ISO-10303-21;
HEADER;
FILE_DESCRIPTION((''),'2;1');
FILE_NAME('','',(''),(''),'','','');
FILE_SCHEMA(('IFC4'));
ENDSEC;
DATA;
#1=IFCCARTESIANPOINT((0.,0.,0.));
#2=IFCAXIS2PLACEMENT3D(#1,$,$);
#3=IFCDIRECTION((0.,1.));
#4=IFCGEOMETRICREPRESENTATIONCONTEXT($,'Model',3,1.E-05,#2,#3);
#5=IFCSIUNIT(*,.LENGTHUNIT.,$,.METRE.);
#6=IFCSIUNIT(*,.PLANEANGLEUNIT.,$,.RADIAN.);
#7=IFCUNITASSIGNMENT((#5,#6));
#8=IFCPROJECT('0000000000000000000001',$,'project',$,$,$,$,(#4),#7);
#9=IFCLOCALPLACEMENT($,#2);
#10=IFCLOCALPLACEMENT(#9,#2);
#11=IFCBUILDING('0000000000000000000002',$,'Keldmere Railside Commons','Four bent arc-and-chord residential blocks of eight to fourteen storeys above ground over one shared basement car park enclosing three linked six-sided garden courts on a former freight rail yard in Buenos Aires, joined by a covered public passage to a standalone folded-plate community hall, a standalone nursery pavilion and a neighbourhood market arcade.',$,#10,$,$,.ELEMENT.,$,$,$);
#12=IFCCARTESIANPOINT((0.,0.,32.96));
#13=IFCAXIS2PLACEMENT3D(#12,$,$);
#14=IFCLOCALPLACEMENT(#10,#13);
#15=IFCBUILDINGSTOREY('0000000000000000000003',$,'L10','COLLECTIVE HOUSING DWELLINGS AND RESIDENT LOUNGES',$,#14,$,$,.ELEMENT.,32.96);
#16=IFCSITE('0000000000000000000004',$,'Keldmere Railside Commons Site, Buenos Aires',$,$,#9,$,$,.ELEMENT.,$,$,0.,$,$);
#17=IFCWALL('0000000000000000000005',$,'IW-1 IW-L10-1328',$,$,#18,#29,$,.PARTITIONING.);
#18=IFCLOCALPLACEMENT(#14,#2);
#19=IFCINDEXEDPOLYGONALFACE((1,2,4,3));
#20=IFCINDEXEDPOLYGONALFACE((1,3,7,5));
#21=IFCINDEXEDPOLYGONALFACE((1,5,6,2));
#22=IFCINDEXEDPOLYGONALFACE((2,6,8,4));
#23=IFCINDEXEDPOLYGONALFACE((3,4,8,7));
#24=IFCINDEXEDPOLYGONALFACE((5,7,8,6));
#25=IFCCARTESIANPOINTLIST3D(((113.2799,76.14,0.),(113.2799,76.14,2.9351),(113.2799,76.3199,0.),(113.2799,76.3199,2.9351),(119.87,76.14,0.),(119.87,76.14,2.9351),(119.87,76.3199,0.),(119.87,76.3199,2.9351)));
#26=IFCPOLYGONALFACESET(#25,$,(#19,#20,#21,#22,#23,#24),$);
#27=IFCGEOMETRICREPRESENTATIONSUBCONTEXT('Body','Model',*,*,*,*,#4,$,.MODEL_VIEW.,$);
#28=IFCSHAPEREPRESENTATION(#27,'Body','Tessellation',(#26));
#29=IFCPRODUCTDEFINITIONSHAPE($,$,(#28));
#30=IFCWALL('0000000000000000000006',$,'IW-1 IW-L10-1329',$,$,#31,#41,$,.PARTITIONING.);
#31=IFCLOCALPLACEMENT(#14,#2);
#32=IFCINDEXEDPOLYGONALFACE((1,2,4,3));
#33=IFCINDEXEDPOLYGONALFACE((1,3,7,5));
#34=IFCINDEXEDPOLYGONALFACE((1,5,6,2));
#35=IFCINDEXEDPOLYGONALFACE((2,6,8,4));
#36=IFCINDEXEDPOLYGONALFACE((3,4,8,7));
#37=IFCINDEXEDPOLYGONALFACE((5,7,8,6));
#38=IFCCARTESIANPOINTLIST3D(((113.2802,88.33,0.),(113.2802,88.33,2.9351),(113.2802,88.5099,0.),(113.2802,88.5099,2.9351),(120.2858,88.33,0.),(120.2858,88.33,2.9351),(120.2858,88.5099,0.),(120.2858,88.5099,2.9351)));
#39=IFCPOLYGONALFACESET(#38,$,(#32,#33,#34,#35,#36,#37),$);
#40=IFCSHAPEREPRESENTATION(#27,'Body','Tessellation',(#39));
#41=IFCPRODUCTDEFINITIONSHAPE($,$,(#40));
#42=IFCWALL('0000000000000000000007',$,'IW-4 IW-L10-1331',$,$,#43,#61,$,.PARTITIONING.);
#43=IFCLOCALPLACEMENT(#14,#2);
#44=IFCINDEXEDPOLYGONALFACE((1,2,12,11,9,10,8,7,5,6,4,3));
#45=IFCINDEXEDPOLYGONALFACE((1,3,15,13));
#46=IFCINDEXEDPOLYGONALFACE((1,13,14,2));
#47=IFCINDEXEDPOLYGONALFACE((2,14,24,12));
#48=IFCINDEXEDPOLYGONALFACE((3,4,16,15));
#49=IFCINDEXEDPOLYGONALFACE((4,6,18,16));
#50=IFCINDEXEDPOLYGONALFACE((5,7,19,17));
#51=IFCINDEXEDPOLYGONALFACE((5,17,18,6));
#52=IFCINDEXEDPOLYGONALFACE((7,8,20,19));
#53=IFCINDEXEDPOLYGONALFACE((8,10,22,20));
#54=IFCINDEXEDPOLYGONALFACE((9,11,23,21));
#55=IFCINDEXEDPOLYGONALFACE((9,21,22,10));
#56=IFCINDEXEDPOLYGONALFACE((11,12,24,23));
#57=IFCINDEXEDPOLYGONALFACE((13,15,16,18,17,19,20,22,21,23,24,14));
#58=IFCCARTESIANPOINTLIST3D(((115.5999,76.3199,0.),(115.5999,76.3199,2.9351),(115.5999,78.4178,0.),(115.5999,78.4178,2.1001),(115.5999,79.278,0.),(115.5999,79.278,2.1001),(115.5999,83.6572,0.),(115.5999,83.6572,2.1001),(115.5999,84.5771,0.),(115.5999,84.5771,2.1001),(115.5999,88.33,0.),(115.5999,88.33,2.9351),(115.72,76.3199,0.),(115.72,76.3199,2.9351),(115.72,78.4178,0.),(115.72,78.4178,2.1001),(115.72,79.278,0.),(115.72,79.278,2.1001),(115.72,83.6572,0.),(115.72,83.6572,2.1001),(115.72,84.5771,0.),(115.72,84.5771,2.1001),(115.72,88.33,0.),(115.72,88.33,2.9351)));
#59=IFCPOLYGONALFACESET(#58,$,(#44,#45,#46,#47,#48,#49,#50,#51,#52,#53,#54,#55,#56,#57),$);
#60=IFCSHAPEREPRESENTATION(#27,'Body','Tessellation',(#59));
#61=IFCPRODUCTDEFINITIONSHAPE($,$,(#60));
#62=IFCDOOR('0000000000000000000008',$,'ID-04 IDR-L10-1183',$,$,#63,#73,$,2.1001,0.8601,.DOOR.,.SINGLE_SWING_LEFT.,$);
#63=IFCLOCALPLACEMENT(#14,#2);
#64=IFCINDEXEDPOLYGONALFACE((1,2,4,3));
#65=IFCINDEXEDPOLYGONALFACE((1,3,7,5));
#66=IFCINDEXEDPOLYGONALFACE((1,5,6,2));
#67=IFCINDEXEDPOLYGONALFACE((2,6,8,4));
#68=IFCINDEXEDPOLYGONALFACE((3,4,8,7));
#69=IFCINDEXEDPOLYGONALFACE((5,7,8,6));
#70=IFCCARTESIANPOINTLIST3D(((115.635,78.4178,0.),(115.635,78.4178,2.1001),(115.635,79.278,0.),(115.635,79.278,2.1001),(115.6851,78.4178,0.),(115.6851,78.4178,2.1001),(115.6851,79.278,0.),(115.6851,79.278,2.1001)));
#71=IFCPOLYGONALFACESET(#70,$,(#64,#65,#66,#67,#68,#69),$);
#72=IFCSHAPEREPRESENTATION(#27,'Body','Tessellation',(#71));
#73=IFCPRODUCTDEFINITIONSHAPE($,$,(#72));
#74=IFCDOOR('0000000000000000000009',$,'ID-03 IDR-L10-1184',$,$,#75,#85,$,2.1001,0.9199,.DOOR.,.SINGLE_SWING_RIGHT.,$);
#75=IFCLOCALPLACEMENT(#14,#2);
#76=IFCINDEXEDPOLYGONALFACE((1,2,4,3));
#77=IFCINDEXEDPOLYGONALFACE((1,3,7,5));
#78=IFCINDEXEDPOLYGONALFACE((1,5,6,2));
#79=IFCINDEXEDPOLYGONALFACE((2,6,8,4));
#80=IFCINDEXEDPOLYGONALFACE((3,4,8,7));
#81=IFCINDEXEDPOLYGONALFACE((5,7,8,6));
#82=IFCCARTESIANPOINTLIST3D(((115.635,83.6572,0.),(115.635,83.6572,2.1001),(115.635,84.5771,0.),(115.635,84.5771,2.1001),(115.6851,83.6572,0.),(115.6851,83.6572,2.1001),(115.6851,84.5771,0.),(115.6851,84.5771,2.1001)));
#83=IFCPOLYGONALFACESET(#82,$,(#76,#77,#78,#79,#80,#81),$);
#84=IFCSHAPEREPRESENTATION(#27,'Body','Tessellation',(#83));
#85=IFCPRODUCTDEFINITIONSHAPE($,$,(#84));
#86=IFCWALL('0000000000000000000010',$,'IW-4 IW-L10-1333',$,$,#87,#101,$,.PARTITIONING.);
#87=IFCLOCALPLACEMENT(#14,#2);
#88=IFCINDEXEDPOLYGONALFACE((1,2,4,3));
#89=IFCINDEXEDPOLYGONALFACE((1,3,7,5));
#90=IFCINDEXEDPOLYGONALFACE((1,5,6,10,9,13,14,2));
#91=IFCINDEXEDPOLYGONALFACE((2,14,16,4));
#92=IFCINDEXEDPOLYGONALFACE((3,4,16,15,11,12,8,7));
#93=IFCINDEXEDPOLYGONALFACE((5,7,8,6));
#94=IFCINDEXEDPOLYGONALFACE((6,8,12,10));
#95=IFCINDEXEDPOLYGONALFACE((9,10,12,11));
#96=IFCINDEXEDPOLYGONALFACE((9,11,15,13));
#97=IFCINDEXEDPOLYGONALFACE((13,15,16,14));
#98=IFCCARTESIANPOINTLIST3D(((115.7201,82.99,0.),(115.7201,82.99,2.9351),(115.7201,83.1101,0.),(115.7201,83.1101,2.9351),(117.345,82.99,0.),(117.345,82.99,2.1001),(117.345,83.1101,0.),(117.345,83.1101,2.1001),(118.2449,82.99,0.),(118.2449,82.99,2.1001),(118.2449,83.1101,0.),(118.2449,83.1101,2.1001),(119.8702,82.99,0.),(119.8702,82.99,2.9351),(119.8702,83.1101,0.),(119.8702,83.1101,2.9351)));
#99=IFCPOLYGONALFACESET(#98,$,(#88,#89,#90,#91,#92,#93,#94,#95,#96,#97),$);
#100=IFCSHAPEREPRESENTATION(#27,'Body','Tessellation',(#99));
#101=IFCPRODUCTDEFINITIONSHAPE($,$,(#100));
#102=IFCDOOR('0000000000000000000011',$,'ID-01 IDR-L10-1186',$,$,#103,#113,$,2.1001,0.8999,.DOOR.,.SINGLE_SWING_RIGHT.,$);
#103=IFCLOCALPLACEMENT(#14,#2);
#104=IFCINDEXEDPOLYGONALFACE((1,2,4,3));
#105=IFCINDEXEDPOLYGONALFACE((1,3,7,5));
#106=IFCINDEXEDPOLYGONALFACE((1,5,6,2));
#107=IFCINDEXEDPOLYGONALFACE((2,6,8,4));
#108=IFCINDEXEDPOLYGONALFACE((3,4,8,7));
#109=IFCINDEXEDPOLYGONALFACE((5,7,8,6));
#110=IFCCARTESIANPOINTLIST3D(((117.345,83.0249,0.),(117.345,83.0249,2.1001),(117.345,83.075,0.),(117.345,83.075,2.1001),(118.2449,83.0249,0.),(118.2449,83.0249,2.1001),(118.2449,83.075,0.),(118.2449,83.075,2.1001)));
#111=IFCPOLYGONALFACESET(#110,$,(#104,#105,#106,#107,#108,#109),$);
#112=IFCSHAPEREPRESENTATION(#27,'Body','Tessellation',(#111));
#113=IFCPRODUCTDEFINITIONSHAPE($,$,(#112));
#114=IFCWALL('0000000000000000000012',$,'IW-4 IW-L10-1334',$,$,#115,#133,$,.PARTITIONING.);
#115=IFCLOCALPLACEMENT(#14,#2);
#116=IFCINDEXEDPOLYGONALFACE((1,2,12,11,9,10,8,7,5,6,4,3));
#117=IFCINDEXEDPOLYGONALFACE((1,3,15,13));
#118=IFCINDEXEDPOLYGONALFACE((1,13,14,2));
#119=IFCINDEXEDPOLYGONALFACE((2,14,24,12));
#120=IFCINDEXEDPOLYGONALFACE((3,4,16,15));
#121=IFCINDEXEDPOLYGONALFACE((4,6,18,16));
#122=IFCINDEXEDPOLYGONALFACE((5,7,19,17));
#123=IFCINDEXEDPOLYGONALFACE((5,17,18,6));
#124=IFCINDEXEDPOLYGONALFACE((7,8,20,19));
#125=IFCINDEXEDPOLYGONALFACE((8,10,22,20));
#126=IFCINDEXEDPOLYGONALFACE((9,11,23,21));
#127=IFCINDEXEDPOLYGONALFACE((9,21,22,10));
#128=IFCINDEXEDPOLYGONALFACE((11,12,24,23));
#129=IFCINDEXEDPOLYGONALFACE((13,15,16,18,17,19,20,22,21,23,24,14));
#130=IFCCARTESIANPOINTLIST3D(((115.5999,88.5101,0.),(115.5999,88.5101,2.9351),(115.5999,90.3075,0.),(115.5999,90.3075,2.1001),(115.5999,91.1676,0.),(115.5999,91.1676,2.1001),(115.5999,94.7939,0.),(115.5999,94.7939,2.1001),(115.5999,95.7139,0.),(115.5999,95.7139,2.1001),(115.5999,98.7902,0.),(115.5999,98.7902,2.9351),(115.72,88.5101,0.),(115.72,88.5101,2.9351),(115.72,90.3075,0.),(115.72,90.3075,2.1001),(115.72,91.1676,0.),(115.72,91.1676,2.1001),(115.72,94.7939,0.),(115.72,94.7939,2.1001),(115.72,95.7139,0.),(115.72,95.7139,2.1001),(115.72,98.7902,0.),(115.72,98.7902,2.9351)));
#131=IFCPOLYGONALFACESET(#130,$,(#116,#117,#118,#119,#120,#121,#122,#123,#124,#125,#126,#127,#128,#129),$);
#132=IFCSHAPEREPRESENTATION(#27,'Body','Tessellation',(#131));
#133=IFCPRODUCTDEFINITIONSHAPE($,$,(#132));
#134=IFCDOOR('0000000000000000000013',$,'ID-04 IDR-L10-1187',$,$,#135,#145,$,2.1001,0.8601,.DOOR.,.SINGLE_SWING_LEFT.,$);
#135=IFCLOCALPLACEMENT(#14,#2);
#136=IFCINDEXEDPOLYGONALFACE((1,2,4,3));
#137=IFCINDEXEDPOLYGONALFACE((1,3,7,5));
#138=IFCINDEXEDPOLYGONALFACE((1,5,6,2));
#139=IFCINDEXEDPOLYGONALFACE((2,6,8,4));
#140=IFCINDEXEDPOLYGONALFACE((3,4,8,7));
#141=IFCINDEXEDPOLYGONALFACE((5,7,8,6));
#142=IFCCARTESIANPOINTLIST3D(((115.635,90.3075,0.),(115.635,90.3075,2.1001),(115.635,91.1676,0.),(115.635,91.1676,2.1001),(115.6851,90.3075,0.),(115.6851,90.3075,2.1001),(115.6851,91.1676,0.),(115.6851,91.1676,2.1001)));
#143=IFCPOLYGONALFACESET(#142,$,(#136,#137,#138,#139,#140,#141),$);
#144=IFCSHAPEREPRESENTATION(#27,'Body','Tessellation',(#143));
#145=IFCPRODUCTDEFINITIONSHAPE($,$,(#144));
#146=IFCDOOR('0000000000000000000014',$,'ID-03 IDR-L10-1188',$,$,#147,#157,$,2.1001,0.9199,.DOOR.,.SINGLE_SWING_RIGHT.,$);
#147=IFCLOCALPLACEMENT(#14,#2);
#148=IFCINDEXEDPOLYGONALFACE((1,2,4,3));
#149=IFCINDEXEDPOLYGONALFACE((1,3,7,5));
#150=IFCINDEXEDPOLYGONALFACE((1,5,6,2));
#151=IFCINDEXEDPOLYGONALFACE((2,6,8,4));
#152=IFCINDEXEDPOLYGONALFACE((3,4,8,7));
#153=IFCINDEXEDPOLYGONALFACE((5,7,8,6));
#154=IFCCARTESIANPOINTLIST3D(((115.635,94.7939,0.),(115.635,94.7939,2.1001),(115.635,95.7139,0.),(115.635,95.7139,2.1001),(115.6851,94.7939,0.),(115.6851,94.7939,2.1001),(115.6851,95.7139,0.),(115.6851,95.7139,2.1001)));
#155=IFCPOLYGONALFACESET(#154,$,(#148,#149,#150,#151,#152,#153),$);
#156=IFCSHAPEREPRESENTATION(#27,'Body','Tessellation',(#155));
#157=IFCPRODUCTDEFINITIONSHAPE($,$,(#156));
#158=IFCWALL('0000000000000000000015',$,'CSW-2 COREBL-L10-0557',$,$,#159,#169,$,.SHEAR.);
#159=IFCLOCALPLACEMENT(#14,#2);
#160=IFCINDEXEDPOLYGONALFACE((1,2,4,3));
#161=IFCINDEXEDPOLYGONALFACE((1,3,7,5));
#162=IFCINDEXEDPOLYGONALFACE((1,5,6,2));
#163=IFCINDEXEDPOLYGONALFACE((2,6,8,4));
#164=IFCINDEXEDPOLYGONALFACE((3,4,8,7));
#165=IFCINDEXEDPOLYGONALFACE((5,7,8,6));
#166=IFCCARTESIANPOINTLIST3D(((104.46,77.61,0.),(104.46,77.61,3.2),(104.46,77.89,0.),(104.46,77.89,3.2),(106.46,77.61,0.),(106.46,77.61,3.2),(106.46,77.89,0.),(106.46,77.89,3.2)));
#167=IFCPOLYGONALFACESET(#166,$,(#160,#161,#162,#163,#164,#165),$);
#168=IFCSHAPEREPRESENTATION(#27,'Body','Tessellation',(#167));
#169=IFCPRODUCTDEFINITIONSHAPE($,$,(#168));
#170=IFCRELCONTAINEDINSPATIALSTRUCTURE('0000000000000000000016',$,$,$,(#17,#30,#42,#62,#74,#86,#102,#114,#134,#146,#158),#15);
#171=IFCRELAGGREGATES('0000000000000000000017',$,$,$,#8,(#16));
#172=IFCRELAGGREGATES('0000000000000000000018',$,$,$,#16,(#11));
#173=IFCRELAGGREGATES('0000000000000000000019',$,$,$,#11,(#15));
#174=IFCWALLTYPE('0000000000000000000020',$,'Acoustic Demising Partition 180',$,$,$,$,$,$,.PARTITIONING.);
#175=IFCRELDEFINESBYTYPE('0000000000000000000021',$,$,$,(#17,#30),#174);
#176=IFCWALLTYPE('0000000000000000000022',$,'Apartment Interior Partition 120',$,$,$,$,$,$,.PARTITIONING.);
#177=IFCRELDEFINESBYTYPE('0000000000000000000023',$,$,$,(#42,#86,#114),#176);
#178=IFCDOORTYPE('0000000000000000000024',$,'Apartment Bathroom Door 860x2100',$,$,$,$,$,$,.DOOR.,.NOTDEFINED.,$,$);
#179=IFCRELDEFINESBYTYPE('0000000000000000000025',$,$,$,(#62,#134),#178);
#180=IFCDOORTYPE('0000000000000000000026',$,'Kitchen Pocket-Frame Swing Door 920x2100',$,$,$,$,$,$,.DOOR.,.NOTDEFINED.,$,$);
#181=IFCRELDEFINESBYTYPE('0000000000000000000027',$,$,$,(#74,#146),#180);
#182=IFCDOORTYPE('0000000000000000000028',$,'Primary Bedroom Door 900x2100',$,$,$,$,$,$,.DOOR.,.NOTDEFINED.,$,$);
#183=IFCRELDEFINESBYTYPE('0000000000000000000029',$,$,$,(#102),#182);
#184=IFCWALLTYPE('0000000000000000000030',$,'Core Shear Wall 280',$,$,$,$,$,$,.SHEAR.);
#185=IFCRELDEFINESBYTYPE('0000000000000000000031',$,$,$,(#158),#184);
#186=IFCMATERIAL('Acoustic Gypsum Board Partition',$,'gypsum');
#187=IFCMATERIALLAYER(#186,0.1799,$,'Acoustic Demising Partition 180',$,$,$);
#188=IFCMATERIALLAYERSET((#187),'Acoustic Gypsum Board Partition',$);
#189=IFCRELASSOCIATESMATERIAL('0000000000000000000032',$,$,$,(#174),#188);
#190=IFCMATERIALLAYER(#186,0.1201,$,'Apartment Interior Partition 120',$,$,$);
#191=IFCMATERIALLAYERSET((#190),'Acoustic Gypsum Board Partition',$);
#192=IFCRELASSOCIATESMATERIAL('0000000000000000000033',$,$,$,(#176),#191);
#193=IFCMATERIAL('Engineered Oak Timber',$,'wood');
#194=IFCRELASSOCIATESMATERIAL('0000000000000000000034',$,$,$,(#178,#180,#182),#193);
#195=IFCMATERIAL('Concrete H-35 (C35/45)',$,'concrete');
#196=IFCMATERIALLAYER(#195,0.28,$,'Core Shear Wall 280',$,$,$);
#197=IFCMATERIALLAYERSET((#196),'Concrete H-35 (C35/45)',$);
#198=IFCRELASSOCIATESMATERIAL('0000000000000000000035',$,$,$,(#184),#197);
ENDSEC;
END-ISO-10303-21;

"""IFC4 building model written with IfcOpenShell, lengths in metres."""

from ifc_helpers import new_model, si_unit, direction, frame, frame_2d, origin, place, context, subcontext, project, spatial, rectangle, extrude, material, layer, layer_set, type_object, element, fill, save


model = new_model("IFC4")

# Units and contexts
model_context = context("Model", 3, precision=1e-05, world=origin(), true_north=direction((0.0, 1.0)))
body_context = subcontext(model_context, "Body", "Model", "MODEL_VIEW")
ifc_project = project(units=[si_unit("LENGTHUNIT", "METRE"), si_unit("PLANEANGLEUNIT", "RADIAN")], contexts=[model_context])

# Site, building, storey
site_placement = place(None, origin())
site = spatial("IfcSite", under=ifc_project, at=site_placement, Name="Keldmere Railside Commons Site, Buenos Aires", CompositionType="ELEMENT", RefElevation=0.0)
building_placement = place(site_placement, origin())
building = spatial("IfcBuilding", under=site, at=building_placement, Name="Keldmere Railside Commons", Description="Four bent arc-and-chord residential blocks of eight to fourteen storeys above ground over one shared basement car park enclosing three linked six-sided garden courts on a former freight rail yard in Buenos Aires, joined by a covered public passage to a standalone folded-plate community hall, a standalone nursery pavilion and a neighbourhood market arcade.", CompositionType="ELEMENT")
storey_placement = place(building_placement, frame((0.0, 0.0, 32.96)))
storey = spatial("IfcBuildingStorey", under=building, at=storey_placement, Name="L10", Description="COLLECTIVE HOUSING DWELLINGS AND RESIDENT LOUNGES", CompositionType="ELEMENT", Elevation=32.96)

# Shared definitions
ifc_material_1 = material(Name="Concrete H-35 (C35/45)", Category="concrete")

# Walls
ifc_material_2 = material(Name="Acoustic Gypsum Board Partition", Category="gypsum")
ifc_layer_1 = layer(ifc_material_2, 0.1799, Name="Acoustic Demising Partition 180")
ifc_layer_set_1 = layer_set([ifc_layer_1], Name="Acoustic Gypsum Board Partition")
wall_type_1 = type_object("IfcWallType", Name="Acoustic Demising Partition 180", PredefinedType="PARTITIONING", material=ifc_layer_set_1)
wall_1_placement = place(storey_placement, frame((113.28, 76.23, 0.0), z_axis=(0.0, 0.0, 1.0), x_axis=(1.0, 0.0, 0.0)))
element("IfcWall", 1, at=wall_1_placement, inside=storey, type_object=wall_type_1, Name="IW-1 IW-L10-1328", PredefinedType="PARTITIONING", context=body_context, shape_type="SweptSolid", body=[
    extrude(rectangle(XDim=6.5901, YDim=0.1799, at=frame_2d((3.2949, 0.0))), origin(), (0.0, 0.0, 1.0), 2.9351),
])
wall_2_placement = place(storey_placement, frame((113.28, 88.4199, 0.0), z_axis=(0.0, 0.0, 1.0), x_axis=(1.0, 0.0, 0.0)))
element("IfcWall", 2, at=wall_2_placement, inside=storey, type_object=wall_type_1, Name="IW-1 IW-L10-1329", PredefinedType="PARTITIONING", context=body_context, shape_type="SweptSolid", body=[
    extrude(rectangle(XDim=7.0056, YDim=0.1799, at=frame_2d((3.5029, 0.0))), origin(), (0.0, 0.0, 1.0), 2.9351),
])

# Wall, openings, doors
ifc_layer_2 = layer(ifc_material_2, 0.1201, Name="Apartment Interior Partition 120")
ifc_layer_set_2 = layer_set([ifc_layer_2], Name="Acoustic Gypsum Board Partition")
wall_type_2 = type_object("IfcWallType", Name="Apartment Interior Partition 120", PredefinedType="PARTITIONING", material=ifc_layer_set_2)
wall_3_placement = place(storey_placement, frame((115.6599, 76.3201, 0.0), z_axis=(0.0, 0.0, 1.0), x_axis=(0.0, 1.0, 0.0)))
wall_3 = element("IfcWall", 3, at=wall_3_placement, inside=storey, type_object=wall_type_2, Name="IW-4 IW-L10-1331", PredefinedType="PARTITIONING", context=body_context, shape_type="SweptSolid", body=[
    extrude(rectangle(XDim=12.01, YDim=0.1201, at=frame_2d((6.0049, 0.0))), origin(), (0.0, 0.0, 1.0), 2.9351),
])
opening_1_placement = place(wall_3_placement, frame((2.0977, 0.0, 0.0)))
opening_1 = element("IfcOpeningElement", 4, at=opening_1_placement, cuts=wall_3, PredefinedType="OPENING", context=body_context, shape_type="SweptSolid", body=[
    extrude(rectangle(XDim=0.8601, YDim=2.1001, at=frame_2d((0.4302, 1.05))), frame((0.0, 0.0701, 0.0), z_axis=(0.0, -1.0, 0.0), x_axis=(1.0, 0.0, 0.0)), (0.0, 0.0, 1.0), 0.1401),
])
opening_2_placement = place(wall_3_placement, frame((7.3372, 0.0, 0.0)))
opening_2 = element("IfcOpeningElement", 5, at=opening_2_placement, cuts=wall_3, PredefinedType="OPENING", context=body_context, shape_type="SweptSolid", body=[
    extrude(rectangle(XDim=0.9199, YDim=2.1001, at=frame_2d((0.46, 1.05))), frame((0.0, 0.0701, 0.0), z_axis=(0.0, -1.0, 0.0), x_axis=(1.0, 0.0, 0.0)), (0.0, 0.0, 1.0), 0.1401),
])
ifc_material_3 = material(Name="Engineered Oak Timber", Category="wood")
door_type_1 = type_object("IfcDoorType", Name="Apartment Bathroom Door 860x2100", OperationType="NOTDEFINED", PredefinedType="DOOR", material=ifc_material_3)
door_1_placement = place(opening_1_placement, origin())
door_1 = element("IfcDoor", 6, at=door_1_placement, inside=storey, type_object=door_type_1, Name="ID-04 IDR-L10-1183", OperationType="SINGLE_SWING_LEFT", OverallHeight=2.1001, OverallWidth=0.8601, PredefinedType="DOOR", context=body_context, shape_type="SweptSolid", body=[
    extrude(rectangle(XDim=0.8601, YDim=2.1001, at=frame_2d((0.4302, 1.05))), frame((0.0, 0.0249, 0.0), z_axis=(0.0, -1.0, 0.0), x_axis=(1.0, 0.0, 0.0)), (0.0, 0.0, 1.0), 0.05),
])
fill(opening_1, door_1)
door_type_2 = type_object("IfcDoorType", Name="Kitchen Pocket-Frame Swing Door 920x2100", OperationType="NOTDEFINED", PredefinedType="DOOR", material=ifc_material_3)
door_2_placement = place(opening_2_placement, origin())
door_2 = element("IfcDoor", 7, at=door_2_placement, inside=storey, type_object=door_type_2, Name="ID-03 IDR-L10-1184", OperationType="SINGLE_SWING_RIGHT", OverallHeight=2.1001, OverallWidth=0.9199, PredefinedType="DOOR", context=body_context, shape_type="SweptSolid", body=[
    extrude(rectangle(XDim=0.9199, YDim=2.1001, at=frame_2d((0.46, 1.05))), frame((0.0, 0.0249, 0.0), z_axis=(0.0, -1.0, 0.0), x_axis=(1.0, 0.0, 0.0)), (0.0, 0.0, 1.0), 0.05),
])
fill(opening_2, door_2)

# Wall, opening, door
wall_4_placement = place(storey_placement, frame((115.72, 83.05, 0.0), z_axis=(0.0, 0.0, 1.0), x_axis=(1.0, 0.0, 0.0)))
wall_4 = element("IfcWall", 8, at=wall_4_placement, inside=storey, type_object=wall_type_2, Name="IW-4 IW-L10-1333", PredefinedType="PARTITIONING", context=body_context, shape_type="SweptSolid", body=[
    extrude(rectangle(XDim=4.1501, YDim=0.1201, at=frame_2d((2.0752, 0.0))), origin(), (0.0, 0.0, 1.0), 2.9351),
])
opening_3_placement = place(wall_4_placement, frame((1.625, 0.0, 0.0)))
opening_3 = element("IfcOpeningElement", 9, at=opening_3_placement, cuts=wall_4, PredefinedType="OPENING", context=body_context, shape_type="SweptSolid", body=[
    extrude(rectangle(XDim=0.8999, YDim=2.1001, at=frame_2d((0.45, 1.05))), frame((0.0, 0.0701, 0.0), z_axis=(0.0, -1.0, 0.0), x_axis=(1.0, 0.0, 0.0)), (0.0, 0.0, 1.0), 0.1401),
])
door_type_3 = type_object("IfcDoorType", Name="Primary Bedroom Door 900x2100", OperationType="NOTDEFINED", PredefinedType="DOOR", material=ifc_material_3)
door_3_placement = place(opening_3_placement, origin())
door_3 = element("IfcDoor", 10, at=door_3_placement, inside=storey, type_object=door_type_3, Name="ID-01 IDR-L10-1186", OperationType="SINGLE_SWING_RIGHT", OverallHeight=2.1001, OverallWidth=0.8999, PredefinedType="DOOR", context=body_context, shape_type="SweptSolid", body=[
    extrude(rectangle(XDim=0.8999, YDim=2.1001, at=frame_2d((0.45, 1.05))), frame((0.0, 0.0249, 0.0), z_axis=(0.0, -1.0, 0.0), x_axis=(1.0, 0.0, 0.0)), (0.0, 0.0, 1.0), 0.05),
])
fill(opening_3, door_3)

# Wall, openings, doors
wall_5_placement = place(storey_placement, frame((115.6599, 88.51, 0.0), z_axis=(0.0, 0.0, 1.0), x_axis=(0.0, 1.0, 0.0)))
wall_5 = element("IfcWall", 11, at=wall_5_placement, inside=storey, type_object=wall_type_2, Name="IW-4 IW-L10-1334", PredefinedType="PARTITIONING", context=body_context, shape_type="SweptSolid", body=[
    extrude(rectangle(XDim=10.28, YDim=0.1201, at=frame_2d((5.1401, 0.0))), origin(), (0.0, 0.0, 1.0), 2.9351),
])
opening_4_placement = place(wall_5_placement, frame((1.7974, 0.0, 0.0)))
opening_4 = element("IfcOpeningElement", 12, at=opening_4_placement, cuts=wall_5, PredefinedType="OPENING", context=body_context, shape_type="SweptSolid", body=[
    extrude(rectangle(XDim=0.8601, YDim=2.1001, at=frame_2d((0.4302, 1.05))), frame((0.0, 0.0701, 0.0), z_axis=(0.0, -1.0, 0.0), x_axis=(1.0, 0.0, 0.0)), (0.0, 0.0, 1.0), 0.1401),
])
opening_5_placement = place(wall_5_placement, frame((6.2839, 0.0, 0.0)))
opening_5 = element("IfcOpeningElement", 13, at=opening_5_placement, cuts=wall_5, PredefinedType="OPENING", context=body_context, shape_type="SweptSolid", body=[
    extrude(rectangle(XDim=0.9199, YDim=2.1001, at=frame_2d((0.46, 1.05))), frame((0.0, 0.0701, 0.0), z_axis=(0.0, -1.0, 0.0), x_axis=(1.0, 0.0, 0.0)), (0.0, 0.0, 1.0), 0.1401),
])
door_4_placement = place(opening_4_placement, origin())
door_4 = element("IfcDoor", 14, at=door_4_placement, inside=storey, type_object=door_type_1, Name="ID-04 IDR-L10-1187", OperationType="SINGLE_SWING_LEFT", OverallHeight=2.1001, OverallWidth=0.8601, PredefinedType="DOOR", context=body_context, shape_type="SweptSolid", body=[
    extrude(rectangle(XDim=0.8601, YDim=2.1001, at=frame_2d((0.4302, 1.05))), frame((0.0, 0.0249, 0.0), z_axis=(0.0, -1.0, 0.0), x_axis=(1.0, 0.0, 0.0)), (0.0, 0.0, 1.0), 0.05),
])
fill(opening_4, door_4)
door_5_placement = place(opening_5_placement, origin())
door_5 = element("IfcDoor", 15, at=door_5_placement, inside=storey, type_object=door_type_2, Name="ID-03 IDR-L10-1188", OperationType="SINGLE_SWING_RIGHT", OverallHeight=2.1001, OverallWidth=0.9199, PredefinedType="DOOR", context=body_context, shape_type="SweptSolid", body=[
    extrude(rectangle(XDim=0.9199, YDim=2.1001, at=frame_2d((0.46, 1.05))), frame((0.0, 0.0249, 0.0), z_axis=(0.0, -1.0, 0.0), x_axis=(1.0, 0.0, 0.0)), (0.0, 0.0, 1.0), 0.05),
])
fill(opening_5, door_5)

# Wall
ifc_layer_3 = layer(ifc_material_1, 0.28, Name="Core Shear Wall 280")
ifc_layer_set_3 = layer_set([ifc_layer_3], Name="Concrete H-35 (C35/45)")
wall_type_3 = type_object("IfcWallType", Name="Core Shear Wall 280", PredefinedType="SHEAR", material=ifc_layer_set_3)
wall_6_placement = place(storey_placement, frame((104.46, 77.75, 0.0), z_axis=(0.0, 0.0, 1.0), x_axis=(1.0, 0.0, 0.0)))
element("IfcWall", 16, at=wall_6_placement, inside=storey, type_object=wall_type_3, Name="CSW-2 COREBL-L10-0557", PredefinedType="SHEAR", context=body_context, shape_type="SweptSolid", body=[
    extrude(rectangle(XDim=2.0, YDim=0.28, at=frame_2d((1.0, 0.0))), origin(), (0.0, 0.0, 1.0), 3.2),
])

save(model, "model.ifc")
